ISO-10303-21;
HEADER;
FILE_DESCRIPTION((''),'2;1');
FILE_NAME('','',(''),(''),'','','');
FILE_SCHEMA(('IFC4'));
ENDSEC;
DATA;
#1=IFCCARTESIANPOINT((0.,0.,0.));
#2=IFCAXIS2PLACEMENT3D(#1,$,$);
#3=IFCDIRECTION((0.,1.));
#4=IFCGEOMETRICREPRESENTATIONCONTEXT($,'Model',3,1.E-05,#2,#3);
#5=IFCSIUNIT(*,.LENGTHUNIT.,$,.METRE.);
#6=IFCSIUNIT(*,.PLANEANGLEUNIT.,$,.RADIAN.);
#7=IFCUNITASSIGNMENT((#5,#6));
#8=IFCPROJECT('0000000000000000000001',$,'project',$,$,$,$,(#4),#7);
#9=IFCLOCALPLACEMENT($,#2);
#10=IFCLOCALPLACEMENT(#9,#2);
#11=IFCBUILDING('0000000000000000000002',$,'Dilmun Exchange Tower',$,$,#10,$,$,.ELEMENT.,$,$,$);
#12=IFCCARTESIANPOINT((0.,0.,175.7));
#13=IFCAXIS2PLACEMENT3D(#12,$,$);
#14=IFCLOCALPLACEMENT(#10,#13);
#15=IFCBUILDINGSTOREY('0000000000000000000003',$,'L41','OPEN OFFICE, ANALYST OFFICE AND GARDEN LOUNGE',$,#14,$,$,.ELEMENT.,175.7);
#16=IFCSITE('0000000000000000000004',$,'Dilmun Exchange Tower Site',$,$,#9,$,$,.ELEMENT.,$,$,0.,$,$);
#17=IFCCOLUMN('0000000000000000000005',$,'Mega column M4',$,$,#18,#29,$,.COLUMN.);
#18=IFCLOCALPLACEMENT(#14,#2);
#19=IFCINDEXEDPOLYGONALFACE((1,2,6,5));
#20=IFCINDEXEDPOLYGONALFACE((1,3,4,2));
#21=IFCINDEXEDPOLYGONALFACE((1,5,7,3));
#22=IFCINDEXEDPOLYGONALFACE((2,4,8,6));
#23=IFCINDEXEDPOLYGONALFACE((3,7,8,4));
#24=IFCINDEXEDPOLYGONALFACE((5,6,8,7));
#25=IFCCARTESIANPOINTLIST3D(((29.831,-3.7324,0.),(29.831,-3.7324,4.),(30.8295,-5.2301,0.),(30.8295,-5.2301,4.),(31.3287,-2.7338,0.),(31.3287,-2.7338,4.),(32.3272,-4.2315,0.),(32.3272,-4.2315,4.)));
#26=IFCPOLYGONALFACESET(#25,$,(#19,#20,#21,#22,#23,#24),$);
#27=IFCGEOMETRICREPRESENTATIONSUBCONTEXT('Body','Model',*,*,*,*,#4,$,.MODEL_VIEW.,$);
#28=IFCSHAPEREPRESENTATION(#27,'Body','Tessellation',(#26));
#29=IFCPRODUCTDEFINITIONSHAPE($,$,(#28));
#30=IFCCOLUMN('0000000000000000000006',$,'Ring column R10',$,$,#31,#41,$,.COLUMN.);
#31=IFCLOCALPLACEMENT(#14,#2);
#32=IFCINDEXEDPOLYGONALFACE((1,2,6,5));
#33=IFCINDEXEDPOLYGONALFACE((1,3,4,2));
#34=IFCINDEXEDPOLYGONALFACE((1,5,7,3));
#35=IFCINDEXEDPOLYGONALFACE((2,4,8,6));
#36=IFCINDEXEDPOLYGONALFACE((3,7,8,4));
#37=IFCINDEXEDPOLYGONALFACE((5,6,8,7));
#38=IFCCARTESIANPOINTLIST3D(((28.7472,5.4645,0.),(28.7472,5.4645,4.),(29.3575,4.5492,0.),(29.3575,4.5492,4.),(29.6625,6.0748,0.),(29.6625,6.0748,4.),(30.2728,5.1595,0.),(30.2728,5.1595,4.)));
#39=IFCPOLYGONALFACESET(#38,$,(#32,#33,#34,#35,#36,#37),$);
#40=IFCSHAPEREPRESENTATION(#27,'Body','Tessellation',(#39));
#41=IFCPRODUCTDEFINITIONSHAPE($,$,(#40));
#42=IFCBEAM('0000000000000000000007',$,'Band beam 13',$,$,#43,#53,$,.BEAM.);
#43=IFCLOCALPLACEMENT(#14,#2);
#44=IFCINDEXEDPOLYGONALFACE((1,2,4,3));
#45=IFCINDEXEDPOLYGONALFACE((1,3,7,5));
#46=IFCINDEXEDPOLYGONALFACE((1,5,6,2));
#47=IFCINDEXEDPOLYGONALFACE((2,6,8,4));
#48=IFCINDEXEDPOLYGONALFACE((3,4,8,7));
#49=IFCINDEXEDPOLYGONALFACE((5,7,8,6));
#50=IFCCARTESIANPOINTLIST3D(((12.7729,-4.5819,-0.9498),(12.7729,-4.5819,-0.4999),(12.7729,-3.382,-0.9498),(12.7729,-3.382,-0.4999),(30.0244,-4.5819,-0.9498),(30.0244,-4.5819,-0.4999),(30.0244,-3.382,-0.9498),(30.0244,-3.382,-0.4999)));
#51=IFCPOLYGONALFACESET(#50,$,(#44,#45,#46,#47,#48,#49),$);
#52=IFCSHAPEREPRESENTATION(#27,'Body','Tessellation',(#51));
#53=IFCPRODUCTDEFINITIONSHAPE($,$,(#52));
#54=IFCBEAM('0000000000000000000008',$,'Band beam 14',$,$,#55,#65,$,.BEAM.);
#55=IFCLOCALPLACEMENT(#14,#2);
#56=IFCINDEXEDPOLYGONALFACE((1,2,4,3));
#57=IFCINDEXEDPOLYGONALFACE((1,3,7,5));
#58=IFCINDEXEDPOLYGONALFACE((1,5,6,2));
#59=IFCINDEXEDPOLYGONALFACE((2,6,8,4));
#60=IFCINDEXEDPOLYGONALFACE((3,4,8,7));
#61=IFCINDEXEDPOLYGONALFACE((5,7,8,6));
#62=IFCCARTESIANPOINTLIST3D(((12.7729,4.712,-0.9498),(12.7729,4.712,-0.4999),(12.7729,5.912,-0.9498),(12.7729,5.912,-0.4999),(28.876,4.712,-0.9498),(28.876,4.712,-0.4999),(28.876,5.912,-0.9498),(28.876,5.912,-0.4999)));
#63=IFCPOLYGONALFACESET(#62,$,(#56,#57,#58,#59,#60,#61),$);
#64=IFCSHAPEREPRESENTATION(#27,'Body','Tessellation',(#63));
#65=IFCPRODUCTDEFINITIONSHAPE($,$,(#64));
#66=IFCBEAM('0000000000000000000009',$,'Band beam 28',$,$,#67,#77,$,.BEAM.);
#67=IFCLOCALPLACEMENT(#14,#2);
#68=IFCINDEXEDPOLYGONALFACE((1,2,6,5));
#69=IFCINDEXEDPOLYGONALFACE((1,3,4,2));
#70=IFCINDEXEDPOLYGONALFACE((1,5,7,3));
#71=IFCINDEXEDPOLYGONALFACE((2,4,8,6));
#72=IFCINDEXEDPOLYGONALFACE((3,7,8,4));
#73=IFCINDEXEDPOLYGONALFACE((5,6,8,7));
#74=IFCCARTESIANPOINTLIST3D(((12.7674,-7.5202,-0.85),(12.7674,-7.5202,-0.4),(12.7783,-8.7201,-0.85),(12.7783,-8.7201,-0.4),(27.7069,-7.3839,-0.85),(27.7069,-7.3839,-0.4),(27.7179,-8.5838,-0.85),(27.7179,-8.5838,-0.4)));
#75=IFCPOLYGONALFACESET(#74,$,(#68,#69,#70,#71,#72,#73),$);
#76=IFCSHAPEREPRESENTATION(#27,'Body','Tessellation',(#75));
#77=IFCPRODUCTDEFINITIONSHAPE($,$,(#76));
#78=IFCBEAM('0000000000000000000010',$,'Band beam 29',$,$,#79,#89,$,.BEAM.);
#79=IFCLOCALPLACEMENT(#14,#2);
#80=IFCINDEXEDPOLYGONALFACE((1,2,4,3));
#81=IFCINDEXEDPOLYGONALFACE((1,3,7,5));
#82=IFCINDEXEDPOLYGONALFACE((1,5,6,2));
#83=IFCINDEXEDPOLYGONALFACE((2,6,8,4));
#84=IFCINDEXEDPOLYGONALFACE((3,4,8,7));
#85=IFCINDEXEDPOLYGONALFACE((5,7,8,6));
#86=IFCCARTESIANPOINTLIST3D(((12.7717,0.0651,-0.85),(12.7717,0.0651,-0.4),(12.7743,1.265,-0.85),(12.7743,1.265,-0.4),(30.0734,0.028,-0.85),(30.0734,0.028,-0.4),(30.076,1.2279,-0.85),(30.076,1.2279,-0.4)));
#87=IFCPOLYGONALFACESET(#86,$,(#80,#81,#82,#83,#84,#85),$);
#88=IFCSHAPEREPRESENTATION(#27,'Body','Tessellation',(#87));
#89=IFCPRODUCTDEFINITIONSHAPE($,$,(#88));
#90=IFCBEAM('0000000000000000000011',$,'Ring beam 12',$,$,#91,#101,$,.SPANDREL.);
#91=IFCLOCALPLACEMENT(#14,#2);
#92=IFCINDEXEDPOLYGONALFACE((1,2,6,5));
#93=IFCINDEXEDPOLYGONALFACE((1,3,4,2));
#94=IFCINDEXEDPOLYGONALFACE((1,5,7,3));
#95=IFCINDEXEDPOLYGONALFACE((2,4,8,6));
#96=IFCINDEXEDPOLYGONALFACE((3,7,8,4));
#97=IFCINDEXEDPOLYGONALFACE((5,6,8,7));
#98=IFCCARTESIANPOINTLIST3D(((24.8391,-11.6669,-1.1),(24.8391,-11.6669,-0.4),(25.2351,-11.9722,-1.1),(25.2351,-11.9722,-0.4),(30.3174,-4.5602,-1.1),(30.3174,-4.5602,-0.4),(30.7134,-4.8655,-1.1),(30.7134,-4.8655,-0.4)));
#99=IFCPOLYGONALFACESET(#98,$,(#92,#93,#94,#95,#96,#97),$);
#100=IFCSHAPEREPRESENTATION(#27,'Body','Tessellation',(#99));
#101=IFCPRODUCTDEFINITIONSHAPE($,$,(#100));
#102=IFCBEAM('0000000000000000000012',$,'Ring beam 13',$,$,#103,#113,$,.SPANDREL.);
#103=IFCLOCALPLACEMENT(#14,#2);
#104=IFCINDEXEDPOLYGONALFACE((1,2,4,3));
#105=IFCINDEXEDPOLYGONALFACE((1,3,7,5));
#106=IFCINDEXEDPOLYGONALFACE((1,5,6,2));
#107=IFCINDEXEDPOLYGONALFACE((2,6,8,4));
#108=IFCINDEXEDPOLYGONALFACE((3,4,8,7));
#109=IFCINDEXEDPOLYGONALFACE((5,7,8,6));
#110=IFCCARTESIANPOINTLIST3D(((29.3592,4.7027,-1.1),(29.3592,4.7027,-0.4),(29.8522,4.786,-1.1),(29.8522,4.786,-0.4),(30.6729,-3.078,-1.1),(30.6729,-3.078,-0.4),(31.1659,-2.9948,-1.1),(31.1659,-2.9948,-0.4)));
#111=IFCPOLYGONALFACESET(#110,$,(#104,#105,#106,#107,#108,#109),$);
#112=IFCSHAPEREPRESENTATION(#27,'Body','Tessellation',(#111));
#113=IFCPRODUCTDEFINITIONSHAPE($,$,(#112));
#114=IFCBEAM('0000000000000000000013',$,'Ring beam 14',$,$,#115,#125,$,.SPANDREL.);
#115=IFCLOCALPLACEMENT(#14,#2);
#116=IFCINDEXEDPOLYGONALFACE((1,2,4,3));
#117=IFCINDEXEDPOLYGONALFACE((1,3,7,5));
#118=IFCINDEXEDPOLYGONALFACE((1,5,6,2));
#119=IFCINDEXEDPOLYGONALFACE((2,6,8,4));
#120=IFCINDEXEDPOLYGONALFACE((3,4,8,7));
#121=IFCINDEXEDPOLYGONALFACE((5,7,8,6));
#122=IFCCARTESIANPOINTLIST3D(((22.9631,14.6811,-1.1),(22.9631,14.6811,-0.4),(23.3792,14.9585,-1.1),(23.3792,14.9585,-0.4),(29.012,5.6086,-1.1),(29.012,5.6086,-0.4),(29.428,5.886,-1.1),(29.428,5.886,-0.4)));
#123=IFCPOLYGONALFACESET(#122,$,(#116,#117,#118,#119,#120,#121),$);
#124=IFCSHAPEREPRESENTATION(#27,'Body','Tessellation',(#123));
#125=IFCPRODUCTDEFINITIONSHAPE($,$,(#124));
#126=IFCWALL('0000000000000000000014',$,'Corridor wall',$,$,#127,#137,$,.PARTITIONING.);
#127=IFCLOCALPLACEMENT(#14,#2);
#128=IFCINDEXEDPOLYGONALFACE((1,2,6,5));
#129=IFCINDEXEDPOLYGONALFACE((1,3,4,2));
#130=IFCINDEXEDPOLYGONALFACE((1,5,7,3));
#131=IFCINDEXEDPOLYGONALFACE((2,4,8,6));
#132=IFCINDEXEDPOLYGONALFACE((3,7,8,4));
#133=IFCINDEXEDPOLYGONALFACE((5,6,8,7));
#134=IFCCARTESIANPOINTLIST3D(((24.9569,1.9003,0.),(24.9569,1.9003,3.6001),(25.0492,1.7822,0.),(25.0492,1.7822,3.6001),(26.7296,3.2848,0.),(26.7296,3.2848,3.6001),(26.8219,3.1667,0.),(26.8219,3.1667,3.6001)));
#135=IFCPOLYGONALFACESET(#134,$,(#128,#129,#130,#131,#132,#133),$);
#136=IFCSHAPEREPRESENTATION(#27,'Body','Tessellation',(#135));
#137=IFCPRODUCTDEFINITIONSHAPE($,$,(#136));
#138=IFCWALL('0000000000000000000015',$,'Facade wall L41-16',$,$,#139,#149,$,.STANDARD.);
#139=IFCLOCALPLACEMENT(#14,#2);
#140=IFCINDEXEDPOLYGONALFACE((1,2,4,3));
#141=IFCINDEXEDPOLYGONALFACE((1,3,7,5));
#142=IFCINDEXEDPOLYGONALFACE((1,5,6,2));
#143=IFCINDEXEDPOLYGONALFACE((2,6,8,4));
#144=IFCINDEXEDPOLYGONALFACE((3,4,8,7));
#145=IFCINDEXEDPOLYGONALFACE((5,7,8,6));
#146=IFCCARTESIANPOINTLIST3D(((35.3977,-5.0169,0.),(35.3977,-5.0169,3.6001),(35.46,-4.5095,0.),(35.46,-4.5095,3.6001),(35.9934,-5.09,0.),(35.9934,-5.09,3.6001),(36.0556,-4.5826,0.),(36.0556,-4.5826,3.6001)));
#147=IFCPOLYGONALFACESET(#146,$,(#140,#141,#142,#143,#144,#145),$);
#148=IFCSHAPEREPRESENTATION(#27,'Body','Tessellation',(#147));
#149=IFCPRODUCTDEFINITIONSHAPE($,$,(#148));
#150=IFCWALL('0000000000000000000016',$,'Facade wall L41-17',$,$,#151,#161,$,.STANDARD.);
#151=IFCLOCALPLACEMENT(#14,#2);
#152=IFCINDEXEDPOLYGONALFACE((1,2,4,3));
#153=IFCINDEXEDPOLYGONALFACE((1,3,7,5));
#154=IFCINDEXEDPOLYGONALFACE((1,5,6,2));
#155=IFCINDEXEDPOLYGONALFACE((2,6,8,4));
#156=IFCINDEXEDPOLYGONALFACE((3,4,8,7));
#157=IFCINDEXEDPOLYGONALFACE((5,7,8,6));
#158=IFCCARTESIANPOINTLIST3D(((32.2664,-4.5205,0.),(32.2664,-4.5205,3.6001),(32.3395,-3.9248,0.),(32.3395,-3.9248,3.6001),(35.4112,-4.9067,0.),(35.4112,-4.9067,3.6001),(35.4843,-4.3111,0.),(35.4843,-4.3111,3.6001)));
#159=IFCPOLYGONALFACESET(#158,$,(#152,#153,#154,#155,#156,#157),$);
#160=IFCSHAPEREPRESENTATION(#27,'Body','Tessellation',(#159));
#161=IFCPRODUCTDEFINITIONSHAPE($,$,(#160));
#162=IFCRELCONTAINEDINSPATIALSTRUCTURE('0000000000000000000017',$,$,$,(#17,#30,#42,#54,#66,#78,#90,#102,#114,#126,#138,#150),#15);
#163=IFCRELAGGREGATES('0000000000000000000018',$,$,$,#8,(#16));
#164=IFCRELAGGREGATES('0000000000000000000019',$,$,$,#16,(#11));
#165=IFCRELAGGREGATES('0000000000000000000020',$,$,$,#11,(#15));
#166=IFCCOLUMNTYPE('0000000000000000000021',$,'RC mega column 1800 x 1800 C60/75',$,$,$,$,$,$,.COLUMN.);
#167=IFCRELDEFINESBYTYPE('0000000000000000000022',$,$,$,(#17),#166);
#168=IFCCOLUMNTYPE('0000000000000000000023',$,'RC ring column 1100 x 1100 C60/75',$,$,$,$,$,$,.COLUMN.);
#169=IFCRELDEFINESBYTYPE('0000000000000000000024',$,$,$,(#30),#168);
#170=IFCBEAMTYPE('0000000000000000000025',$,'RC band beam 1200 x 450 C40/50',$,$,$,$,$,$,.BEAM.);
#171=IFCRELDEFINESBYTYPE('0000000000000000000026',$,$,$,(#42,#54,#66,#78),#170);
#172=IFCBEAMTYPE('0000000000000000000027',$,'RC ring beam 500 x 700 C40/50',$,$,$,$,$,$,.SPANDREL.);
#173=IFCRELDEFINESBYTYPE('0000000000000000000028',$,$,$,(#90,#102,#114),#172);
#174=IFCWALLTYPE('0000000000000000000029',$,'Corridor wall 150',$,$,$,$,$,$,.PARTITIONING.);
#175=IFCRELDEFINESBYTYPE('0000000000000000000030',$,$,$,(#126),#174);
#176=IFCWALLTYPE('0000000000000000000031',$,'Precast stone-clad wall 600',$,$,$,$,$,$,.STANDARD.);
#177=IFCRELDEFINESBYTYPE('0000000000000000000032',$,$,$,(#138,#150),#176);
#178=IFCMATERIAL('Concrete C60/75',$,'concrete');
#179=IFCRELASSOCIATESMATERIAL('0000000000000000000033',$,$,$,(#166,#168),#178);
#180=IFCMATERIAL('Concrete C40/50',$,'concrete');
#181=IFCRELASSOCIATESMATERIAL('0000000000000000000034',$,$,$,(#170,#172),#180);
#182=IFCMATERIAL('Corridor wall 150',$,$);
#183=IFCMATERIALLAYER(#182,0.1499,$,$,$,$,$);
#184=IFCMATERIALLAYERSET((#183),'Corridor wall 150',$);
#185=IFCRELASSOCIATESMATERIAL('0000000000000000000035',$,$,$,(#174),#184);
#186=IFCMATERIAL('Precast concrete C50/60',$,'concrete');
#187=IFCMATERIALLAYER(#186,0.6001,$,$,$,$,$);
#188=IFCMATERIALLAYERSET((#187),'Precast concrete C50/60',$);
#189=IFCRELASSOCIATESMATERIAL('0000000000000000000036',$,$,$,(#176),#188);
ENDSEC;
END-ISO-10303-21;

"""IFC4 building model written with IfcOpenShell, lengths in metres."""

from ifc_helpers import new_model, si_unit, direction, frame, frame_2d, origin, origin_2d, place, context, subcontext, project, spatial, rectangle, extrude, material, layer, layer_set, material_profile, profile_set, type_object, element, save


model = new_model("IFC4")

# Units and contexts
model_context = context("Model", 3, precision=1e-05, world=origin(), true_north=direction((0.0, 1.0)))
body_context = subcontext(model_context, "Body", "Model", "MODEL_VIEW")
ifc_project = project(units=[si_unit("LENGTHUNIT", "METRE"), si_unit("PLANEANGLEUNIT", "RADIAN")], contexts=[model_context])

# Site, building, storey
site_placement = place(None, origin())
site = spatial("IfcSite", under=ifc_project, at=site_placement, Name="Dilmun Exchange Tower Site", CompositionType="ELEMENT", RefElevation=0.0)
building_placement = place(site_placement, origin())
building = spatial("IfcBuilding", under=site, at=building_placement, Name="Dilmun Exchange Tower", CompositionType="ELEMENT")
storey_placement = place(building_placement, frame((0.0, 0.0, 175.7)))
storey = spatial("IfcBuildingStorey", under=building, at=storey_placement, Name="L41", Description="OPEN OFFICE, ANALYST OFFICE AND GARDEN LOUNGE", CompositionType="ELEMENT", Elevation=175.7)

# Columns
ifc_material_1 = material(Name="Concrete C60/75", Category="concrete")
ifc_material_profile_1 = material_profile(ifc_material_1, rectangle(XDim=1.8, YDim=1.8, at=origin_2d()), Name="1800 x 1800")
ifc_profile_set_1 = profile_set([ifc_material_profile_1], Name="Concrete C60/75")
column_type_1 = type_object("IfcColumnType", Name="RC mega column 1800 x 1800 C60/75", PredefinedType="COLUMN", material=ifc_profile_set_1)
column_1_placement = place(storey_placement, frame((31.0791, -3.9819, 0.0), z_axis=(0.0, 0.0, 1.0), x_axis=(0.832029, 0.554733, 0.0)))
element("IfcColumn", 1, at=column_1_placement, inside=storey, type_object=column_type_1, Name="Mega column M4", PredefinedType="COLUMN", context=body_context, shape_type="SweptSolid", body=[
    extrude(rectangle(XDim=1.8, YDim=1.8, at=origin_2d()), origin(), (0.0, 0.0, 1.0), 4.0),
])
ifc_material_profile_2 = material_profile(ifc_material_1, rectangle(XDim=1.1001, YDim=1.1001, at=origin_2d()), Name="1100 x 1100")
ifc_profile_set_2 = profile_set([ifc_material_profile_2], Name="Concrete C60/75")
column_type_2 = type_object("IfcColumnType", Name="RC ring column 1100 x 1100 C60/75", PredefinedType="COLUMN", material=ifc_profile_set_2)
column_2_placement = place(storey_placement, frame((29.51, 5.312, 0.0), z_axis=(0.0, 0.0, 1.0), x_axis=(0.832029, 0.554733, 0.0)))
element("IfcColumn", 2, at=column_2_placement, inside=storey, type_object=column_type_2, Name="Ring column R10", PredefinedType="COLUMN", context=body_context, shape_type="SweptSolid", body=[
    extrude(rectangle(XDim=1.1001, YDim=1.1001, at=origin_2d()), origin(), (0.0, 0.0, 1.0), 4.0),
])

# Beams
ifc_material_2 = material(Name="Concrete C40/50", Category="concrete")
ifc_material_profile_3 = material_profile(ifc_material_2, rectangle(XDim=1.2, YDim=0.45, at=origin_2d()), Name="1200 x 450")
ifc_profile_set_3 = profile_set([ifc_material_profile_3], Name="Concrete C40/50")
beam_type_1 = type_object("IfcBeamType", Name="RC band beam 1200 x 450 C40/50", PredefinedType="BEAM", material=ifc_profile_set_3)
beam_1_placement = place(storey_placement, frame((30.0244, -3.9819, -0.7249), z_axis=(-1.0, 0.0, 0.0), x_axis=(0.0, -1.0, 0.0)))
element("IfcBeam", 3, at=beam_1_placement, inside=storey, type_object=beam_type_1, Name="Band beam 13", PredefinedType="BEAM", context=body_context, shape_type="SweptSolid", body=[
    extrude(rectangle(XDim=1.2, YDim=0.45, at=origin_2d()), origin(), (0.0, 0.0, 1.0), 17.2515),
])
beam_2_placement = place(storey_placement, frame((28.876, 5.312, -0.7249), z_axis=(-1.0, 0.0, 0.0), x_axis=(0.0, -1.0, 0.0)))
element("IfcBeam", 4, at=beam_2_placement, inside=storey, type_object=beam_type_1, Name="Band beam 14", PredefinedType="BEAM", context=body_context, shape_type="SweptSolid", body=[
    extrude(rectangle(XDim=1.2, YDim=0.45, at=origin_2d()), origin(), (0.0, 0.0, 1.0), 16.103),
])
beam_3_placement = place(storey_placement, frame((27.7124, -7.9839, -0.625), z_axis=(-0.999958, -0.009118, 0.0), x_axis=(0.009118, -0.999958, 0.0)))
element("IfcBeam", 5, at=beam_3_placement, inside=storey, type_object=beam_type_1, Name="Band beam 28", PredefinedType="BEAM", context=body_context, shape_type="SweptSolid", body=[
    extrude(rectangle(XDim=1.2, YDim=0.45, at=origin_2d()), origin(), (0.0, 0.0, 1.0), 14.9402),
])
beam_4_placement = place(storey_placement, frame((30.0747, 0.6279, -0.625), z_axis=(-0.999998, 0.002145, 0.0), x_axis=(-0.002145, -0.999998, 0.0)))
element("IfcBeam", 6, at=beam_4_placement, inside=storey, type_object=beam_type_1, Name="Band beam 29", PredefinedType="BEAM", context=body_context, shape_type="SweptSolid", body=[
    extrude(rectangle(XDim=1.2, YDim=0.45, at=origin_2d()), origin(), (0.0, 0.0, 1.0), 17.3018),
])
ifc_material_profile_4 = material_profile(ifc_material_2, rectangle(XDim=0.5, YDim=0.7, at=origin_2d()), Name="500 x 700")
ifc_profile_set_4 = profile_set([ifc_material_profile_4], Name="Concrete C40/50")
beam_type_2 = type_object("IfcBeamType", Name="RC ring beam 500 x 700 C40/50", PredefinedType="SPANDREL", material=ifc_profile_set_4)
beam_5_placement = place(storey_placement, frame((25.0371, -11.8196, -0.75), z_axis=(0.610522, 0.792, 0.0), x_axis=(-0.792, 0.610522, 0.0)))
element("IfcBeam", 7, at=beam_5_placement, inside=storey, type_object=beam_type_2, Name="Ring beam 12", PredefinedType="SPANDREL", context=body_context, shape_type="SweptSolid", body=[
    extrude(rectangle(XDim=0.5, YDim=0.7, at=origin_2d()), origin(), (0.0, 0.0, 1.0), 8.9731),
])
beam_6_placement = place(storey_placement, frame((30.9194, -3.0364, -0.75), z_axis=(-0.166486, 0.986044, 0.0), x_axis=(-0.986044, -0.166486, 0.0)))
element("IfcBeam", 8, at=beam_6_placement, inside=storey, type_object=beam_type_2, Name="Ring beam 13", PredefinedType="SPANDREL", context=body_context, shape_type="SweptSolid", body=[
    extrude(rectangle(XDim=0.5, YDim=0.7, at=origin_2d()), origin(), (0.0, 0.0, 1.0), 7.8909),
])
beam_7_placement = place(storey_placement, frame((29.22, 5.7473, -0.75), z_axis=(-0.554731, 0.83203, 0.0), x_axis=(-0.83203, -0.554731, 0.0)))
element("IfcBeam", 9, at=beam_7_placement, inside=storey, type_object=beam_type_2, Name="Ring beam 14", PredefinedType="SPANDREL", context=body_context, shape_type="SweptSolid", body=[
    extrude(rectangle(XDim=0.5, YDim=0.7, at=origin_2d()), origin(), (0.0, 0.0, 1.0), 10.9041),
])

# Walls
ifc_material_3 = material(Name="Corridor wall 150")
ifc_layer_1 = layer(ifc_material_3, 0.1499)
ifc_layer_set_1 = layer_set([ifc_layer_1], Name="Corridor wall 150")
wall_type_1 = type_object("IfcWallType", Name="Corridor wall 150", PredefinedType="PARTITIONING", material=ifc_layer_set_1)
wall_1_placement = place(storey_placement, frame((25.0032, 1.8413, 0.0), z_axis=(0.0, 0.0, 1.0), x_axis=(0.788112, 0.615532, 0.0)))
element("IfcWall", 10, at=wall_1_placement, inside=storey, type_object=wall_type_1, Name="Corridor wall", PredefinedType="PARTITIONING", context=body_context, shape_type="SweptSolid", body=[
    extrude(rectangle(XDim=2.2493, YDim=0.1499, at=frame_2d((1.1245, 0.0))), origin(), (0.0, 0.0, 1.0), 3.6001),
])
ifc_material_4 = material(Name="Precast concrete C50/60", Category="concrete")
ifc_layer_2 = layer(ifc_material_4, 0.6001)
ifc_layer_set_2 = layer_set([ifc_layer_2], Name="Precast concrete C50/60")
wall_type_2 = type_object("IfcWallType", Name="Precast stone-clad wall 600", PredefinedType="STANDARD", material=ifc_layer_set_2)
wall_2_placement = place(storey_placement, frame((35.6956, -5.0535, 0.0), z_axis=(0.0, 0.0, 1.0), x_axis=(0.1218, 0.992555, 0.0)))
element("IfcWall", 11, at=wall_2_placement, inside=storey, type_object=wall_type_2, Name="Facade wall L41-16", PredefinedType="STANDARD", context=body_context, shape_type="SweptSolid", body=[
    extrude(rectangle(XDim=0.5112, YDim=0.6001, at=frame_2d((0.2556, 0.0))), origin(), (0.0, 0.0, 1.0), 3.6001),
])
wall_3_placement = place(storey_placement, frame((35.4478, -4.6089, 0.0), z_axis=(0.0, 0.0, 1.0), x_axis=(-0.992542, 0.121901, 0.0)))
element("IfcWall", 12, at=wall_3_placement, inside=storey, type_object=wall_type_2, Name="Facade wall L41-17", PredefinedType="STANDARD", context=body_context, shape_type="SweptSolid", body=[
    extrude(rectangle(XDim=3.1685, YDim=0.6001, at=frame_2d((1.5842, 0.0))), origin(), (0.0, 0.0, 1.0), 3.6001),
])

save(model, "model.ifc")
